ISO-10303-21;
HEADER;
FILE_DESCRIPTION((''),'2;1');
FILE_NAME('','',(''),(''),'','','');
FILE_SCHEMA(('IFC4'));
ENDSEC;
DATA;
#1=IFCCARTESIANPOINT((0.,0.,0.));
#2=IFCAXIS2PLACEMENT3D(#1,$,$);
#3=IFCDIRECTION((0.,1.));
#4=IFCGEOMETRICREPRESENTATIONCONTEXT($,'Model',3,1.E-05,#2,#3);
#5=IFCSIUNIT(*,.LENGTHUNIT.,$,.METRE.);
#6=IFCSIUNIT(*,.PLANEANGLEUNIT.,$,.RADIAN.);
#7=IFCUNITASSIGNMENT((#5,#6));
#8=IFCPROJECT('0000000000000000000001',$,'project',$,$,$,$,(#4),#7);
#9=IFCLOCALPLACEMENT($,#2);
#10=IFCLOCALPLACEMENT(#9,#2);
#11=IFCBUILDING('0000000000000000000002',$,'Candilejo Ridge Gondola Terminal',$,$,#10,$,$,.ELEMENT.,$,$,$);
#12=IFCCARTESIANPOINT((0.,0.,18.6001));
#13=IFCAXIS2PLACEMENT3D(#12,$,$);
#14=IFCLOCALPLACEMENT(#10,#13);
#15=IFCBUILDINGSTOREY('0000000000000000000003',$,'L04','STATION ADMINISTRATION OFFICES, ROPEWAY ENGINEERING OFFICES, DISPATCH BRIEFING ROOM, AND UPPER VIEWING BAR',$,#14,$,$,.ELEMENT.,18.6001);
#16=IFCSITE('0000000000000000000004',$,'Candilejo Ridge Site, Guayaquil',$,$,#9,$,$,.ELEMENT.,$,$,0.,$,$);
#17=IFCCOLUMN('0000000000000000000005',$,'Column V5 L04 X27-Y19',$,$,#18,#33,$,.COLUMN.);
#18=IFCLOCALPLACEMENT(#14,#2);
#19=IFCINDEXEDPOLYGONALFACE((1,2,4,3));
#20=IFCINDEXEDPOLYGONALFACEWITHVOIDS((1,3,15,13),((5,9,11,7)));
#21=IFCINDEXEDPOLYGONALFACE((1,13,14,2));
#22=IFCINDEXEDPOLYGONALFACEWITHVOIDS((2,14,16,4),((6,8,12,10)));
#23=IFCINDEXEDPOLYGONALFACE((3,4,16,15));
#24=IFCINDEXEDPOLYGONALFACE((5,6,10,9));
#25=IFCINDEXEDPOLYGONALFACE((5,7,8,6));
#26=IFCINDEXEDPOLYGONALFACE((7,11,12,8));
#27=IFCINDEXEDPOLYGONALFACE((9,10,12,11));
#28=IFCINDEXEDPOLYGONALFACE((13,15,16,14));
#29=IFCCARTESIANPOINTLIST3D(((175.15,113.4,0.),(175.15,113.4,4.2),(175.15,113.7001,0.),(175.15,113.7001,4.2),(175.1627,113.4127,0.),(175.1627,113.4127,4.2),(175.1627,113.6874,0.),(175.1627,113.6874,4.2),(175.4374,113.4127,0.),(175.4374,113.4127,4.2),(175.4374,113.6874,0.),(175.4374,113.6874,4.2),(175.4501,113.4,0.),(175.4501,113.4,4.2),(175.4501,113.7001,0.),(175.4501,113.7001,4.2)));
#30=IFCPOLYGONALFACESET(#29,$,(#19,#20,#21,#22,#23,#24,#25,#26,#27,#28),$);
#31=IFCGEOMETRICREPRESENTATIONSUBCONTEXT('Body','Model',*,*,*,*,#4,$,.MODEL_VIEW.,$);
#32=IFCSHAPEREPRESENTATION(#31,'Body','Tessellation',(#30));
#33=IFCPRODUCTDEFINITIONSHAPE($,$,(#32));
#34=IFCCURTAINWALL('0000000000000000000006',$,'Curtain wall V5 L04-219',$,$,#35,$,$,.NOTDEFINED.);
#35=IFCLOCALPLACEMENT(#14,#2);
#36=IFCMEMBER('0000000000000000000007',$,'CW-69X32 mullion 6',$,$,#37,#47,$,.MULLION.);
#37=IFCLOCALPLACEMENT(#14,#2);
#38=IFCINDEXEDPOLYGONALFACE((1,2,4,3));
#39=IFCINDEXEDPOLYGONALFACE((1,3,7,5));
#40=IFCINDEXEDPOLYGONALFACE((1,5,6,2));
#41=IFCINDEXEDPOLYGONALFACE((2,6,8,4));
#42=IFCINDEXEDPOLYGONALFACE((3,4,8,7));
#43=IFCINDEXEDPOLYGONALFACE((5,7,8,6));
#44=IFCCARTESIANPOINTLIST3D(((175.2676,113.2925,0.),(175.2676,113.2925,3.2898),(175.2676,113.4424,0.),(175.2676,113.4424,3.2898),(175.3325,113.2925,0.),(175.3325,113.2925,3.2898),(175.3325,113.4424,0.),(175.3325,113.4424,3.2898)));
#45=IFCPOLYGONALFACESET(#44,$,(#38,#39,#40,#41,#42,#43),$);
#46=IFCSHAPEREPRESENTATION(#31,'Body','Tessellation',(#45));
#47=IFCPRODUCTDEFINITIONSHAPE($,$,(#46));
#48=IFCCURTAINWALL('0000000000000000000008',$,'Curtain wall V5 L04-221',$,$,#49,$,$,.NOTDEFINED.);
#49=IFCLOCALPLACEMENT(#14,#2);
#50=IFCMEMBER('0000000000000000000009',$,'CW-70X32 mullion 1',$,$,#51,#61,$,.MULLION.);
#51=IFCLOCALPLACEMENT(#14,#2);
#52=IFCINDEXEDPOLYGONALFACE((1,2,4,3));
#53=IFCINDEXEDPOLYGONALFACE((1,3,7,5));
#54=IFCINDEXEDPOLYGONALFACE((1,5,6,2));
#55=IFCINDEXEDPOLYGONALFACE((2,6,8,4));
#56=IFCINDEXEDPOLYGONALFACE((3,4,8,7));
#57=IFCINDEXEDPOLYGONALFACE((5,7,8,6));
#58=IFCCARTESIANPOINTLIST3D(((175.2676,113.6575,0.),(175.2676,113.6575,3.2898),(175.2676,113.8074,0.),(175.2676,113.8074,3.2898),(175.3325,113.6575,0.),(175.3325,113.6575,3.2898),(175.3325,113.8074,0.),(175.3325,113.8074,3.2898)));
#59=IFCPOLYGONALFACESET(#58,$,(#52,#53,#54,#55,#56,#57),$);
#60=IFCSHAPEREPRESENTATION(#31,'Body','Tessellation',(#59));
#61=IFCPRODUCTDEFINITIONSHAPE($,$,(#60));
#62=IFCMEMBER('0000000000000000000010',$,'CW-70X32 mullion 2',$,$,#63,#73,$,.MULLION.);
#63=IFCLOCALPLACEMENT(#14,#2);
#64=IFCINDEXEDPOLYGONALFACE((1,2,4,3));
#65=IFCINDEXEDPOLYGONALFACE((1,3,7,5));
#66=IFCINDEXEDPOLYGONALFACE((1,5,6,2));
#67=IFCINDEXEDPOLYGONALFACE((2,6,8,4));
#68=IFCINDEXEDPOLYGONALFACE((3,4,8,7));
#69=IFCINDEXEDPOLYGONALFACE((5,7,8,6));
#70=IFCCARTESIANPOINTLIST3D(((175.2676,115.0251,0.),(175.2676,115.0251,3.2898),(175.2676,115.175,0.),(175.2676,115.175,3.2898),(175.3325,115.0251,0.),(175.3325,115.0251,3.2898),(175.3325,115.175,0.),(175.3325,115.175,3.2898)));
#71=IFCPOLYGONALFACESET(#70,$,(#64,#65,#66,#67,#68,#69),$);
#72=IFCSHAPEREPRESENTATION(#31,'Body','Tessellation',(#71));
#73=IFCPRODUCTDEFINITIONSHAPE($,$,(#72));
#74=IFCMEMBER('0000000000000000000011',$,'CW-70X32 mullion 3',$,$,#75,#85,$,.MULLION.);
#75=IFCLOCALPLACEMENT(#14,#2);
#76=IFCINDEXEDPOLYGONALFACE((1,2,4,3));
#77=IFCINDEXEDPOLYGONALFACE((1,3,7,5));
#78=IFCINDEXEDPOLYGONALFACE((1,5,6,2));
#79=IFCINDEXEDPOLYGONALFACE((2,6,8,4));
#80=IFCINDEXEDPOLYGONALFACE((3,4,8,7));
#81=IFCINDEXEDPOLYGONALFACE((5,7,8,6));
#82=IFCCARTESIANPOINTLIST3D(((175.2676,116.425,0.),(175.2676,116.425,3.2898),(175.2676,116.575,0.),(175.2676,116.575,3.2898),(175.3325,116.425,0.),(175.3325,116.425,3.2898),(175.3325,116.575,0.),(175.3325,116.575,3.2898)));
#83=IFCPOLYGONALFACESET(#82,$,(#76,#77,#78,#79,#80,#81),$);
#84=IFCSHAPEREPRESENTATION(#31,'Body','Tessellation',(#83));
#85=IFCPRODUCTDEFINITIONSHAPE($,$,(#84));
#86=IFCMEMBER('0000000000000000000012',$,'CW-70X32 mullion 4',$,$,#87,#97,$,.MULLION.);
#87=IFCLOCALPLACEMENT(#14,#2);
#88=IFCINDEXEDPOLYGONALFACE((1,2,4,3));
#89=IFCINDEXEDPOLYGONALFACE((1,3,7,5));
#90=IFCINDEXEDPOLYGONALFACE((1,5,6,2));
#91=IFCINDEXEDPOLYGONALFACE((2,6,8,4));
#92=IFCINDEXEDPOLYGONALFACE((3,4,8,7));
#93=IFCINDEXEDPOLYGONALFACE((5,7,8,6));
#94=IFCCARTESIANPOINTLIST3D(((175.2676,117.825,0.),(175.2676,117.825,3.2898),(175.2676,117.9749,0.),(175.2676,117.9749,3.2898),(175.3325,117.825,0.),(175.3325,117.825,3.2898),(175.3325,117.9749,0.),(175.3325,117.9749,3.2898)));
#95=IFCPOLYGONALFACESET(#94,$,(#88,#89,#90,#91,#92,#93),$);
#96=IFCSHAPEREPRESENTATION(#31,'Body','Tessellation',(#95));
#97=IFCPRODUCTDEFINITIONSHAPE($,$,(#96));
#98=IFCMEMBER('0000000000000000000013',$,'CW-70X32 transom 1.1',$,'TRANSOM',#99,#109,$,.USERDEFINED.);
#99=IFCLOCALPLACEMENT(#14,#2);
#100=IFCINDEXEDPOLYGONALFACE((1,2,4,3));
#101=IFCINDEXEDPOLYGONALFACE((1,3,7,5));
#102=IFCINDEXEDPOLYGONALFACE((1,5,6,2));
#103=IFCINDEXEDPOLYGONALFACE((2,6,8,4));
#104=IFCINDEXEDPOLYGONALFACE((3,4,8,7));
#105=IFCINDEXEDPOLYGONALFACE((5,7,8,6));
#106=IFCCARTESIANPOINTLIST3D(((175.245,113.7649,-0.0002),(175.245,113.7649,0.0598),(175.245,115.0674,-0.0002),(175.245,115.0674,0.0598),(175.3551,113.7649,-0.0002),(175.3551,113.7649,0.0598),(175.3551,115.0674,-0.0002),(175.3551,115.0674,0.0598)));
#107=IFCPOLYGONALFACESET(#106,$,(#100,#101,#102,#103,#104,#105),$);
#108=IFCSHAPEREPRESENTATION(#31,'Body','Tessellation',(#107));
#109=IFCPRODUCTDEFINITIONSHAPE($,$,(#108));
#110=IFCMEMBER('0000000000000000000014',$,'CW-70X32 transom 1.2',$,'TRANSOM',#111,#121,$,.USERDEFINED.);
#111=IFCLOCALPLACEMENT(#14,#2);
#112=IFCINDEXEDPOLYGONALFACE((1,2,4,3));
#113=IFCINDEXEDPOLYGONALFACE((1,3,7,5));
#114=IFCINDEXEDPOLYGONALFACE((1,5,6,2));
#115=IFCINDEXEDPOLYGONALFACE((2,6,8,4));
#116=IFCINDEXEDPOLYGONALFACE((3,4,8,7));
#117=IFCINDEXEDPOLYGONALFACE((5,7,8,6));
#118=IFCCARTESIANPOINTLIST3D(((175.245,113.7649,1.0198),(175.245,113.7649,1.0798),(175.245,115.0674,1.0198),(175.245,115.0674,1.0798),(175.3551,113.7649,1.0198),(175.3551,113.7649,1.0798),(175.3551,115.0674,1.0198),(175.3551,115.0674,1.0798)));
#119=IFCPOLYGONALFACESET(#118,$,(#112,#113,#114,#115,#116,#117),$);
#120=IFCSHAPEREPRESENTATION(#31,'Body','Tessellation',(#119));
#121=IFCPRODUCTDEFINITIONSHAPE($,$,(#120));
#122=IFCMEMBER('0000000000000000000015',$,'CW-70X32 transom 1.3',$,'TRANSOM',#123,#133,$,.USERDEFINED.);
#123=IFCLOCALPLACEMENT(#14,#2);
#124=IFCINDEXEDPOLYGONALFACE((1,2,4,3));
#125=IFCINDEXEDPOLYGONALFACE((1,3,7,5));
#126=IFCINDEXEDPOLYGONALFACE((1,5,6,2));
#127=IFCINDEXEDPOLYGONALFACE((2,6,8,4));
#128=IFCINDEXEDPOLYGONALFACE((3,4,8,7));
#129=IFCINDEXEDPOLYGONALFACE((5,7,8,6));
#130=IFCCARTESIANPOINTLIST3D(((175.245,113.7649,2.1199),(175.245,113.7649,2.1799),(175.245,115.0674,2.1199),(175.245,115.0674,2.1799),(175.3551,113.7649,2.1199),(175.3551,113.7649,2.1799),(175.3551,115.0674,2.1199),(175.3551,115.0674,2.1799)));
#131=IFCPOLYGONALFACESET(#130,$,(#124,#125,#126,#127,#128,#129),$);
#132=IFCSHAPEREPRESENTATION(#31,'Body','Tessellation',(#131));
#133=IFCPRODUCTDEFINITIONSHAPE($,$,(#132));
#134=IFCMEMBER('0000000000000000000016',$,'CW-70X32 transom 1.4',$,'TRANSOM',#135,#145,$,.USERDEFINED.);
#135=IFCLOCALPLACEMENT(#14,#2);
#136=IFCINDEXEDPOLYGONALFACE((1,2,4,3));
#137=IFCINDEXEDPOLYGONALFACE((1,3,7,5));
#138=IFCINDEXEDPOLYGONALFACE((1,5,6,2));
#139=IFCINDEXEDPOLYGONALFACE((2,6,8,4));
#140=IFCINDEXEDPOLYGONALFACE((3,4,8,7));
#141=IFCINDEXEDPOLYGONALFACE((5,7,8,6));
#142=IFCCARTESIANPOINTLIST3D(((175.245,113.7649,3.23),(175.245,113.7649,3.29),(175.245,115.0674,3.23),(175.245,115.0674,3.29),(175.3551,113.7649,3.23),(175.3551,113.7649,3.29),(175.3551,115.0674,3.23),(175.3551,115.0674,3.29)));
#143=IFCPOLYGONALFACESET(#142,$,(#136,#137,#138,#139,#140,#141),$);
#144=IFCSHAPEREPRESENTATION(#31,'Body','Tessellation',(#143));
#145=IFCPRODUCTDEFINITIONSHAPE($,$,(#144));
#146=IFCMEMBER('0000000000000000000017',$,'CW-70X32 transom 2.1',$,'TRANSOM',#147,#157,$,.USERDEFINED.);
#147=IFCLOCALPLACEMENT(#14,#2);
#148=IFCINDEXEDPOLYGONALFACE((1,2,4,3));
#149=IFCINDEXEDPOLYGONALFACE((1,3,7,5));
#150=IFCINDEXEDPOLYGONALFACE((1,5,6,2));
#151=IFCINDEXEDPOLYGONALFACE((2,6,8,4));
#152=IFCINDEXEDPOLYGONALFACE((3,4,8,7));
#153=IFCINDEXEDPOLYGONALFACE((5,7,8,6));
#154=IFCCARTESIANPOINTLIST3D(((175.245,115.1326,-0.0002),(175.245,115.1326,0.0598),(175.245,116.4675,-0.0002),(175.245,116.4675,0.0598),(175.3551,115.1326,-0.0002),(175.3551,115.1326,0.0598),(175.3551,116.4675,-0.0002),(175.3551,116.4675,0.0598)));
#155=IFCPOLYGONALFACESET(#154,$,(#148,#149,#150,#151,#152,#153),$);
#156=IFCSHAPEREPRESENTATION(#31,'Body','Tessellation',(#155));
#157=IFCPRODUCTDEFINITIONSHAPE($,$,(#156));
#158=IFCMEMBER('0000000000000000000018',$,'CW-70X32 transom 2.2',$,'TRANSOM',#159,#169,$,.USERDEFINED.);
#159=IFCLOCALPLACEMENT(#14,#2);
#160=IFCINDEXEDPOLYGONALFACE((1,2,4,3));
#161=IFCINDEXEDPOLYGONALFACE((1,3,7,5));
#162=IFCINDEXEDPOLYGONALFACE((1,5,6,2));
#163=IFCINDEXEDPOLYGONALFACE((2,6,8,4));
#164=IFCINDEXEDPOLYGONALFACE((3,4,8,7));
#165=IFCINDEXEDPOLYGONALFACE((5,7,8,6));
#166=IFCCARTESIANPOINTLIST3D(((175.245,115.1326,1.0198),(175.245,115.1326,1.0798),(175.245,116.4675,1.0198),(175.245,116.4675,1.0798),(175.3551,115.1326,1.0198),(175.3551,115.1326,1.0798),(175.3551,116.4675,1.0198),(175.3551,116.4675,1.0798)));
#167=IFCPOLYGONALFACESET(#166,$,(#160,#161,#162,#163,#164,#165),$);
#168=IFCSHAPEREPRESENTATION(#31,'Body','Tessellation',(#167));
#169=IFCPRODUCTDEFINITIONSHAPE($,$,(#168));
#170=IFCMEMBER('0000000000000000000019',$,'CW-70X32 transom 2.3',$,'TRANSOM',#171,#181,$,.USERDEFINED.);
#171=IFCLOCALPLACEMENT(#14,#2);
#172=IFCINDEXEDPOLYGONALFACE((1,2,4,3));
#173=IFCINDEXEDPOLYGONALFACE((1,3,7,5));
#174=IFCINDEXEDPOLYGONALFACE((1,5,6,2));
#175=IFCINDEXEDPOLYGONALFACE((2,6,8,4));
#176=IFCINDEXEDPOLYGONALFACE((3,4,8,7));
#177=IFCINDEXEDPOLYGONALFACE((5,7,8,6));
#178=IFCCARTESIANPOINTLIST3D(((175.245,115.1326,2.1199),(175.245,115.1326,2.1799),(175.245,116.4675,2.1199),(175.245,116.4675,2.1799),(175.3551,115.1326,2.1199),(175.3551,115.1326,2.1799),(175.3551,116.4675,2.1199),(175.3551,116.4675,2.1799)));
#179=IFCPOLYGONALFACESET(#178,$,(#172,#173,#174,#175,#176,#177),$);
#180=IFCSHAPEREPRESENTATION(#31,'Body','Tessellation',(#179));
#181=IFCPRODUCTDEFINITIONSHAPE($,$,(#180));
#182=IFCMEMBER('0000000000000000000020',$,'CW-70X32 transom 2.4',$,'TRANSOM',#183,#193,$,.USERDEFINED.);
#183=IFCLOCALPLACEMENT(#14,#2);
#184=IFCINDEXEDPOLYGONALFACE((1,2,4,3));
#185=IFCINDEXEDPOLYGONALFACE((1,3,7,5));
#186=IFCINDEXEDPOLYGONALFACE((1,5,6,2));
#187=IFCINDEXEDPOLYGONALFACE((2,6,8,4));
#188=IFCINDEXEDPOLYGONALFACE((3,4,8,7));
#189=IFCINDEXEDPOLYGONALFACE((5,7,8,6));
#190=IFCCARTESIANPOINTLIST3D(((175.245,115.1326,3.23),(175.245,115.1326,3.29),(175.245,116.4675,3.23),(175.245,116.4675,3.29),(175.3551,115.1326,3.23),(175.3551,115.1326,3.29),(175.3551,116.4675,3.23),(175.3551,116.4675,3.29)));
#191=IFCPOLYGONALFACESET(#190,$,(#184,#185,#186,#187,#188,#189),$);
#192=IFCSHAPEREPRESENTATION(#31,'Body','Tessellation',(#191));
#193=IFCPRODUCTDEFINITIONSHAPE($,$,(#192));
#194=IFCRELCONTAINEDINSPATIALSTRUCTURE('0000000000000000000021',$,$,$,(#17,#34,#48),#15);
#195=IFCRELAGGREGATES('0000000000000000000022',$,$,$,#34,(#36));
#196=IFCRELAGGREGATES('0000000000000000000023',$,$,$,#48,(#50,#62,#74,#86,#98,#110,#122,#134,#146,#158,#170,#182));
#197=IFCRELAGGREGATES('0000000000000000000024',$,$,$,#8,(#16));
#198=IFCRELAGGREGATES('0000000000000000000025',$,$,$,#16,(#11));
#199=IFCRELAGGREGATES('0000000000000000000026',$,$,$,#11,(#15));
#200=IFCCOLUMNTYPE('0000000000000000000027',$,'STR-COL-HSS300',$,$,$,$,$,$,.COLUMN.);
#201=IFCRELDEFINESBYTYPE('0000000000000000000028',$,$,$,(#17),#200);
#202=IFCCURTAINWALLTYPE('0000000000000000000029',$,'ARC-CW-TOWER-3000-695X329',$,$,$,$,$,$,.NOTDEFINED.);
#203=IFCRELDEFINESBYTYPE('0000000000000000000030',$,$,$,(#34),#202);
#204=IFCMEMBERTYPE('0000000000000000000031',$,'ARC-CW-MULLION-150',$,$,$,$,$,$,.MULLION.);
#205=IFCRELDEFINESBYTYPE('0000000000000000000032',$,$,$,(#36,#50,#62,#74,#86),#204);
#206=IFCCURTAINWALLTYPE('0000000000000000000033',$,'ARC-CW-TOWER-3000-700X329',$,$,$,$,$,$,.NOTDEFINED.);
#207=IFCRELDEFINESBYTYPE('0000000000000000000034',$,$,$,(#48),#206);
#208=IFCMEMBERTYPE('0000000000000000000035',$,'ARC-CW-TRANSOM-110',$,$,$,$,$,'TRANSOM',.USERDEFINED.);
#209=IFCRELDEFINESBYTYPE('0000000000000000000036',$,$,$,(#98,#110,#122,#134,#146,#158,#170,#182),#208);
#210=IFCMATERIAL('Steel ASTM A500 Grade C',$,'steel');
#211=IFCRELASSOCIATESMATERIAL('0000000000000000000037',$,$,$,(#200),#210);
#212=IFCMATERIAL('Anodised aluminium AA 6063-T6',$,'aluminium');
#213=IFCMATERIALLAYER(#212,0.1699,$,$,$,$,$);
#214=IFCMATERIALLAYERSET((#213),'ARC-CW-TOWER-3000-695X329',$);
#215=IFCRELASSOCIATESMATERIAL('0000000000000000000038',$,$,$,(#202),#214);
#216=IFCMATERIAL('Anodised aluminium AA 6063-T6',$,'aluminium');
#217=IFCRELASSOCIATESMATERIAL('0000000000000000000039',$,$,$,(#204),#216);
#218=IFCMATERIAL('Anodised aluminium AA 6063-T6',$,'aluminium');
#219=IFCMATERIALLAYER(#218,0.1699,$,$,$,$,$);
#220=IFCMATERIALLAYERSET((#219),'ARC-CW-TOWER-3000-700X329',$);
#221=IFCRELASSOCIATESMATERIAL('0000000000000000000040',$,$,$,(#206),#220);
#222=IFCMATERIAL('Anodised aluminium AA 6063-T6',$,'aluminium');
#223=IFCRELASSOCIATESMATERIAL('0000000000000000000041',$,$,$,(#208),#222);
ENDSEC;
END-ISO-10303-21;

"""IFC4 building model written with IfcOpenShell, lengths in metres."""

from ifc_helpers import new_model, si_unit, direction, frame, origin, origin_2d, place, context, subcontext, project, spatial, rectangle, hollow_rectangle, extrude, material, layer, layer_set, material_profile, profile_set, type_object, element, aggregate, save


model = new_model("IFC4")

# Units and contexts
model_context = context("Model", 3, precision=1e-05, world=origin(), true_north=direction((0.0, 1.0)))
body_context = subcontext(model_context, "Body", "Model", "MODEL_VIEW")
ifc_project = project(units=[si_unit("LENGTHUNIT", "METRE"), si_unit("PLANEANGLEUNIT", "RADIAN")], contexts=[model_context])

# Site, building, storey
site_placement = place(None, origin())
site = spatial("IfcSite", under=ifc_project, at=site_placement, Name="Candilejo Ridge Site, Guayaquil", CompositionType="ELEMENT", RefElevation=0.0)
building_placement = place(site_placement, origin())
building = spatial("IfcBuilding", under=site, at=building_placement, Name="Candilejo Ridge Gondola Terminal", CompositionType="ELEMENT")
storey_placement = place(building_placement, frame((0.0, 0.0, 18.6001)))
storey = spatial("IfcBuildingStorey", under=building, at=storey_placement, Name="L04", Description="STATION ADMINISTRATION OFFICES, ROPEWAY ENGINEERING OFFICES, DISPATCH BRIEFING ROOM, AND UPPER VIEWING BAR", CompositionType="ELEMENT", Elevation=18.6001)

# Column
ifc_material_1 = material(Name="Steel ASTM A500 Grade C", Category="steel")
ifc_material_profile_1 = material_profile(ifc_material_1, hollow_rectangle(XDim=0.3, YDim=0.3, WallThickness=0.0127, at=origin_2d()))
ifc_profile_set_1 = profile_set([ifc_material_profile_1], Name="Steel ASTM A500 Grade C")
column_type = type_object("IfcColumnType", Name="STR-COL-HSS300", PredefinedType="COLUMN", material=ifc_profile_set_1)
column_placement = place(storey_placement, frame((175.3, 113.55, 0.0), z_axis=(0.0, 0.0, 1.0), x_axis=(1.0, 0.0, 0.0)))
element("IfcColumn", 1, at=column_placement, inside=storey, type_object=column_type, Name="Column V5 L04 X27-Y19", PredefinedType="COLUMN", context=body_context, shape_type="SweptSolid", body=[
    extrude(hollow_rectangle(XDim=0.3, YDim=0.3, WallThickness=0.0127, at=origin_2d()), origin(), (0.0, 0.0, 1.0), 4.2),
])

# Curtain wall, member
ifc_material_2 = material(Name="Anodised aluminium AA 6063-T6", Category="aluminium")
ifc_layer_1 = layer(ifc_material_2, 0.1699)
ifc_layer_set_1 = layer_set([ifc_layer_1], Name="ARC-CW-TOWER-3000-695X329")
curtain_wall_type_1 = type_object("IfcCurtainWallType", Name="ARC-CW-TOWER-3000-695X329", PredefinedType="NOTDEFINED", material=ifc_layer_set_1)
curtain_wall_1_placement = place(storey_placement, origin())
curtain_wall_1 = element("IfcCurtainWall", 2, at=curtain_wall_1_placement, inside=storey, type_object=curtain_wall_type_1, Name="Curtain wall V5 L04-219", PredefinedType="NOTDEFINED")
ifc_material_3 = material(Name="Anodised aluminium AA 6063-T6", Category="aluminium")
ifc_material_profile_2 = material_profile(ifc_material_3, rectangle(XDim=0.0649, YDim=0.1499, at=origin_2d()))
ifc_profile_set_2 = profile_set([ifc_material_profile_2], Name="Anodised aluminium AA 6063-T6")
member_type_1 = type_object("IfcMemberType", Name="ARC-CW-MULLION-150", PredefinedType="MULLION", material=ifc_profile_set_2)
member_1_placement = place(storey_placement, frame((175.3, 113.3674, 0.0), z_axis=(0.0, 0.0, 1.0), x_axis=(-1.0, 0.0, 0.0)))
member_1 = element("IfcMember", 3, at=member_1_placement, type_object=member_type_1, Name="CW-69X32 mullion 6", PredefinedType="MULLION", context=body_context, shape_type="SweptSolid", body=[
    extrude(rectangle(XDim=0.0649, YDim=0.1499, at=origin_2d()), origin(), (0.0, 0.0, 1.0), 3.2898),
])

# Curtain wall, members
ifc_material_4 = material(Name="Anodised aluminium AA 6063-T6", Category="aluminium")
ifc_layer_2 = layer(ifc_material_4, 0.1699)
ifc_layer_set_2 = layer_set([ifc_layer_2], Name="ARC-CW-TOWER-3000-700X329")
curtain_wall_type_2 = type_object("IfcCurtainWallType", Name="ARC-CW-TOWER-3000-700X329", PredefinedType="NOTDEFINED", material=ifc_layer_set_2)
curtain_wall_2_placement = place(storey_placement, origin())
curtain_wall_2 = element("IfcCurtainWall", 4, at=curtain_wall_2_placement, inside=storey, type_object=curtain_wall_type_2, Name="Curtain wall V5 L04-221", PredefinedType="NOTDEFINED")
member_2_placement = place(storey_placement, frame((175.3, 113.7324, 0.0), z_axis=(0.0, 0.0, 1.0), x_axis=(-1.0, 0.0, 0.0)))
member_2 = element("IfcMember", 5, at=member_2_placement, type_object=member_type_1, Name="CW-70X32 mullion 1", PredefinedType="MULLION", context=body_context, shape_type="SweptSolid", body=[
    extrude(rectangle(XDim=0.0649, YDim=0.1499, at=origin_2d()), origin(), (0.0, 0.0, 1.0), 3.2898),
])
member_3_placement = place(storey_placement, frame((175.3, 115.1001, 0.0), z_axis=(0.0, 0.0, 1.0), x_axis=(-1.0, 0.0, 0.0)))
member_3 = element("IfcMember", 6, at=member_3_placement, type_object=member_type_1, Name="CW-70X32 mullion 2", PredefinedType="MULLION", context=body_context, shape_type="SweptSolid", body=[
    extrude(rectangle(XDim=0.0649, YDim=0.1499, at=origin_2d()), origin(), (0.0, 0.0, 1.0), 3.2898),
])
member_4_placement = place(storey_placement, frame((175.3, 116.5, 0.0), z_axis=(0.0, 0.0, 1.0), x_axis=(-1.0, 0.0, 0.0)))
member_4 = element("IfcMember", 7, at=member_4_placement, type_object=member_type_1, Name="CW-70X32 mullion 3", PredefinedType="MULLION", context=body_context, shape_type="SweptSolid", body=[
    extrude(rectangle(XDim=0.0649, YDim=0.1499, at=origin_2d()), origin(), (0.0, 0.0, 1.0), 3.2898),
])
member_5_placement = place(storey_placement, frame((175.3, 117.8999, 0.0), z_axis=(0.0, 0.0, 1.0), x_axis=(-1.0, 0.0, 0.0)))
member_5 = element("IfcMember", 8, at=member_5_placement, type_object=member_type_1, Name="CW-70X32 mullion 4", PredefinedType="MULLION", context=body_context, shape_type="SweptSolid", body=[
    extrude(rectangle(XDim=0.0649, YDim=0.1499, at=origin_2d()), origin(), (0.0, 0.0, 1.0), 3.2898),
])
ifc_material_5 = material(Name="Anodised aluminium AA 6063-T6", Category="aluminium")
ifc_material_profile_3 = material_profile(ifc_material_5, rectangle(XDim=0.1101, YDim=0.0601, at=origin_2d()))
ifc_profile_set_3 = profile_set([ifc_material_profile_3], Name="Anodised aluminium AA 6063-T6")
member_type_2 = type_object("IfcMemberType", Name="ARC-CW-TRANSOM-110", ElementType="TRANSOM", PredefinedType="USERDEFINED", material=ifc_profile_set_3)
member_6_placement = place(storey_placement, frame((175.3, 113.7649, 0.0298), z_axis=(0.0, 1.0, 0.0), x_axis=(-1.0, 0.0, 0.0)))
member_6 = element("IfcMember", 9, at=member_6_placement, type_object=member_type_2, Name="CW-70X32 transom 1.1", ObjectType="TRANSOM", PredefinedType="USERDEFINED", context=body_context, shape_type="SweptSolid", body=[
    extrude(rectangle(XDim=0.1101, YDim=0.0601, at=origin_2d()), origin(), (0.0, 0.0, 1.0), 1.3025),
])
member_7_placement = place(storey_placement, frame((175.3, 113.7649, 1.0498), z_axis=(0.0, 1.0, 0.0), x_axis=(-1.0, 0.0, 0.0)))
member_7 = element("IfcMember", 10, at=member_7_placement, type_object=member_type_2, Name="CW-70X32 transom 1.2", ObjectType="TRANSOM", PredefinedType="USERDEFINED", context=body_context, shape_type="SweptSolid", body=[
    extrude(rectangle(XDim=0.1101, YDim=0.0601, at=origin_2d()), origin(), (0.0, 0.0, 1.0), 1.3025),
])
member_8_placement = place(storey_placement, frame((175.3, 113.7649, 2.1499), z_axis=(0.0, 1.0, 0.0), x_axis=(-1.0, 0.0, 0.0)))
member_8 = element("IfcMember", 11, at=member_8_placement, type_object=member_type_2, Name="CW-70X32 transom 1.3", ObjectType="TRANSOM", PredefinedType="USERDEFINED", context=body_context, shape_type="SweptSolid", body=[
    extrude(rectangle(XDim=0.1101, YDim=0.0601, at=origin_2d()), origin(), (0.0, 0.0, 1.0), 1.3025),
])
member_9_placement = place(storey_placement, frame((175.3, 113.7649, 3.26), z_axis=(0.0, 1.0, 0.0), x_axis=(-1.0, 0.0, 0.0)))
member_9 = element("IfcMember", 12, at=member_9_placement, type_object=member_type_2, Name="CW-70X32 transom 1.4", ObjectType="TRANSOM", PredefinedType="USERDEFINED", context=body_context, shape_type="SweptSolid", body=[
    extrude(rectangle(XDim=0.1101, YDim=0.0601, at=origin_2d()), origin(), (0.0, 0.0, 1.0), 1.3025),
])
member_10_placement = place(storey_placement, frame((175.3, 115.1326, 0.0298), z_axis=(0.0, 1.0, 0.0), x_axis=(-1.0, 0.0, 0.0)))
member_10 = element("IfcMember", 13, at=member_10_placement, type_object=member_type_2, Name="CW-70X32 transom 2.1", ObjectType="TRANSOM", PredefinedType="USERDEFINED", context=body_context, shape_type="SweptSolid", body=[
    extrude(rectangle(XDim=0.1101, YDim=0.0601, at=origin_2d()), origin(), (0.0, 0.0, 1.0), 1.335),
])
member_11_placement = place(storey_placement, frame((175.3, 115.1326, 1.0498), z_axis=(0.0, 1.0, 0.0), x_axis=(-1.0, 0.0, 0.0)))
member_11 = element("IfcMember", 14, at=member_11_placement, type_object=member_type_2, Name="CW-70X32 transom 2.2", ObjectType="TRANSOM", PredefinedType="USERDEFINED", context=body_context, shape_type="SweptSolid", body=[
    extrude(rectangle(XDim=0.1101, YDim=0.0601, at=origin_2d()), origin(), (0.0, 0.0, 1.0), 1.335),
])
member_12_placement = place(storey_placement, frame((175.3, 115.1326, 2.1499), z_axis=(0.0, 1.0, 0.0), x_axis=(-1.0, 0.0, 0.0)))
member_12 = element("IfcMember", 15, at=member_12_placement, type_object=member_type_2, Name="CW-70X32 transom 2.3", ObjectType="TRANSOM", PredefinedType="USERDEFINED", context=body_context, shape_type="SweptSolid", body=[
    extrude(rectangle(XDim=0.1101, YDim=0.0601, at=origin_2d()), origin(), (0.0, 0.0, 1.0), 1.335),
])
member_13_placement = place(storey_placement, frame((175.3, 115.1326, 3.26), z_axis=(0.0, 1.0, 0.0), x_axis=(-1.0, 0.0, 0.0)))
member_13 = element("IfcMember", 16, at=member_13_placement, type_object=member_type_2, Name="CW-70X32 transom 2.4", ObjectType="TRANSOM", PredefinedType="USERDEFINED", context=body_context, shape_type="SweptSolid", body=[
    extrude(rectangle(XDim=0.1101, YDim=0.0601, at=origin_2d()), origin(), (0.0, 0.0, 1.0), 1.335),
])

aggregate(curtain_wall_1, [member_1])
aggregate(curtain_wall_2, [member_2, member_3, member_4, member_5, member_6, member_7, member_8, member_9, member_10, member_11, member_12, member_13])

save(model, "model.ifc")
